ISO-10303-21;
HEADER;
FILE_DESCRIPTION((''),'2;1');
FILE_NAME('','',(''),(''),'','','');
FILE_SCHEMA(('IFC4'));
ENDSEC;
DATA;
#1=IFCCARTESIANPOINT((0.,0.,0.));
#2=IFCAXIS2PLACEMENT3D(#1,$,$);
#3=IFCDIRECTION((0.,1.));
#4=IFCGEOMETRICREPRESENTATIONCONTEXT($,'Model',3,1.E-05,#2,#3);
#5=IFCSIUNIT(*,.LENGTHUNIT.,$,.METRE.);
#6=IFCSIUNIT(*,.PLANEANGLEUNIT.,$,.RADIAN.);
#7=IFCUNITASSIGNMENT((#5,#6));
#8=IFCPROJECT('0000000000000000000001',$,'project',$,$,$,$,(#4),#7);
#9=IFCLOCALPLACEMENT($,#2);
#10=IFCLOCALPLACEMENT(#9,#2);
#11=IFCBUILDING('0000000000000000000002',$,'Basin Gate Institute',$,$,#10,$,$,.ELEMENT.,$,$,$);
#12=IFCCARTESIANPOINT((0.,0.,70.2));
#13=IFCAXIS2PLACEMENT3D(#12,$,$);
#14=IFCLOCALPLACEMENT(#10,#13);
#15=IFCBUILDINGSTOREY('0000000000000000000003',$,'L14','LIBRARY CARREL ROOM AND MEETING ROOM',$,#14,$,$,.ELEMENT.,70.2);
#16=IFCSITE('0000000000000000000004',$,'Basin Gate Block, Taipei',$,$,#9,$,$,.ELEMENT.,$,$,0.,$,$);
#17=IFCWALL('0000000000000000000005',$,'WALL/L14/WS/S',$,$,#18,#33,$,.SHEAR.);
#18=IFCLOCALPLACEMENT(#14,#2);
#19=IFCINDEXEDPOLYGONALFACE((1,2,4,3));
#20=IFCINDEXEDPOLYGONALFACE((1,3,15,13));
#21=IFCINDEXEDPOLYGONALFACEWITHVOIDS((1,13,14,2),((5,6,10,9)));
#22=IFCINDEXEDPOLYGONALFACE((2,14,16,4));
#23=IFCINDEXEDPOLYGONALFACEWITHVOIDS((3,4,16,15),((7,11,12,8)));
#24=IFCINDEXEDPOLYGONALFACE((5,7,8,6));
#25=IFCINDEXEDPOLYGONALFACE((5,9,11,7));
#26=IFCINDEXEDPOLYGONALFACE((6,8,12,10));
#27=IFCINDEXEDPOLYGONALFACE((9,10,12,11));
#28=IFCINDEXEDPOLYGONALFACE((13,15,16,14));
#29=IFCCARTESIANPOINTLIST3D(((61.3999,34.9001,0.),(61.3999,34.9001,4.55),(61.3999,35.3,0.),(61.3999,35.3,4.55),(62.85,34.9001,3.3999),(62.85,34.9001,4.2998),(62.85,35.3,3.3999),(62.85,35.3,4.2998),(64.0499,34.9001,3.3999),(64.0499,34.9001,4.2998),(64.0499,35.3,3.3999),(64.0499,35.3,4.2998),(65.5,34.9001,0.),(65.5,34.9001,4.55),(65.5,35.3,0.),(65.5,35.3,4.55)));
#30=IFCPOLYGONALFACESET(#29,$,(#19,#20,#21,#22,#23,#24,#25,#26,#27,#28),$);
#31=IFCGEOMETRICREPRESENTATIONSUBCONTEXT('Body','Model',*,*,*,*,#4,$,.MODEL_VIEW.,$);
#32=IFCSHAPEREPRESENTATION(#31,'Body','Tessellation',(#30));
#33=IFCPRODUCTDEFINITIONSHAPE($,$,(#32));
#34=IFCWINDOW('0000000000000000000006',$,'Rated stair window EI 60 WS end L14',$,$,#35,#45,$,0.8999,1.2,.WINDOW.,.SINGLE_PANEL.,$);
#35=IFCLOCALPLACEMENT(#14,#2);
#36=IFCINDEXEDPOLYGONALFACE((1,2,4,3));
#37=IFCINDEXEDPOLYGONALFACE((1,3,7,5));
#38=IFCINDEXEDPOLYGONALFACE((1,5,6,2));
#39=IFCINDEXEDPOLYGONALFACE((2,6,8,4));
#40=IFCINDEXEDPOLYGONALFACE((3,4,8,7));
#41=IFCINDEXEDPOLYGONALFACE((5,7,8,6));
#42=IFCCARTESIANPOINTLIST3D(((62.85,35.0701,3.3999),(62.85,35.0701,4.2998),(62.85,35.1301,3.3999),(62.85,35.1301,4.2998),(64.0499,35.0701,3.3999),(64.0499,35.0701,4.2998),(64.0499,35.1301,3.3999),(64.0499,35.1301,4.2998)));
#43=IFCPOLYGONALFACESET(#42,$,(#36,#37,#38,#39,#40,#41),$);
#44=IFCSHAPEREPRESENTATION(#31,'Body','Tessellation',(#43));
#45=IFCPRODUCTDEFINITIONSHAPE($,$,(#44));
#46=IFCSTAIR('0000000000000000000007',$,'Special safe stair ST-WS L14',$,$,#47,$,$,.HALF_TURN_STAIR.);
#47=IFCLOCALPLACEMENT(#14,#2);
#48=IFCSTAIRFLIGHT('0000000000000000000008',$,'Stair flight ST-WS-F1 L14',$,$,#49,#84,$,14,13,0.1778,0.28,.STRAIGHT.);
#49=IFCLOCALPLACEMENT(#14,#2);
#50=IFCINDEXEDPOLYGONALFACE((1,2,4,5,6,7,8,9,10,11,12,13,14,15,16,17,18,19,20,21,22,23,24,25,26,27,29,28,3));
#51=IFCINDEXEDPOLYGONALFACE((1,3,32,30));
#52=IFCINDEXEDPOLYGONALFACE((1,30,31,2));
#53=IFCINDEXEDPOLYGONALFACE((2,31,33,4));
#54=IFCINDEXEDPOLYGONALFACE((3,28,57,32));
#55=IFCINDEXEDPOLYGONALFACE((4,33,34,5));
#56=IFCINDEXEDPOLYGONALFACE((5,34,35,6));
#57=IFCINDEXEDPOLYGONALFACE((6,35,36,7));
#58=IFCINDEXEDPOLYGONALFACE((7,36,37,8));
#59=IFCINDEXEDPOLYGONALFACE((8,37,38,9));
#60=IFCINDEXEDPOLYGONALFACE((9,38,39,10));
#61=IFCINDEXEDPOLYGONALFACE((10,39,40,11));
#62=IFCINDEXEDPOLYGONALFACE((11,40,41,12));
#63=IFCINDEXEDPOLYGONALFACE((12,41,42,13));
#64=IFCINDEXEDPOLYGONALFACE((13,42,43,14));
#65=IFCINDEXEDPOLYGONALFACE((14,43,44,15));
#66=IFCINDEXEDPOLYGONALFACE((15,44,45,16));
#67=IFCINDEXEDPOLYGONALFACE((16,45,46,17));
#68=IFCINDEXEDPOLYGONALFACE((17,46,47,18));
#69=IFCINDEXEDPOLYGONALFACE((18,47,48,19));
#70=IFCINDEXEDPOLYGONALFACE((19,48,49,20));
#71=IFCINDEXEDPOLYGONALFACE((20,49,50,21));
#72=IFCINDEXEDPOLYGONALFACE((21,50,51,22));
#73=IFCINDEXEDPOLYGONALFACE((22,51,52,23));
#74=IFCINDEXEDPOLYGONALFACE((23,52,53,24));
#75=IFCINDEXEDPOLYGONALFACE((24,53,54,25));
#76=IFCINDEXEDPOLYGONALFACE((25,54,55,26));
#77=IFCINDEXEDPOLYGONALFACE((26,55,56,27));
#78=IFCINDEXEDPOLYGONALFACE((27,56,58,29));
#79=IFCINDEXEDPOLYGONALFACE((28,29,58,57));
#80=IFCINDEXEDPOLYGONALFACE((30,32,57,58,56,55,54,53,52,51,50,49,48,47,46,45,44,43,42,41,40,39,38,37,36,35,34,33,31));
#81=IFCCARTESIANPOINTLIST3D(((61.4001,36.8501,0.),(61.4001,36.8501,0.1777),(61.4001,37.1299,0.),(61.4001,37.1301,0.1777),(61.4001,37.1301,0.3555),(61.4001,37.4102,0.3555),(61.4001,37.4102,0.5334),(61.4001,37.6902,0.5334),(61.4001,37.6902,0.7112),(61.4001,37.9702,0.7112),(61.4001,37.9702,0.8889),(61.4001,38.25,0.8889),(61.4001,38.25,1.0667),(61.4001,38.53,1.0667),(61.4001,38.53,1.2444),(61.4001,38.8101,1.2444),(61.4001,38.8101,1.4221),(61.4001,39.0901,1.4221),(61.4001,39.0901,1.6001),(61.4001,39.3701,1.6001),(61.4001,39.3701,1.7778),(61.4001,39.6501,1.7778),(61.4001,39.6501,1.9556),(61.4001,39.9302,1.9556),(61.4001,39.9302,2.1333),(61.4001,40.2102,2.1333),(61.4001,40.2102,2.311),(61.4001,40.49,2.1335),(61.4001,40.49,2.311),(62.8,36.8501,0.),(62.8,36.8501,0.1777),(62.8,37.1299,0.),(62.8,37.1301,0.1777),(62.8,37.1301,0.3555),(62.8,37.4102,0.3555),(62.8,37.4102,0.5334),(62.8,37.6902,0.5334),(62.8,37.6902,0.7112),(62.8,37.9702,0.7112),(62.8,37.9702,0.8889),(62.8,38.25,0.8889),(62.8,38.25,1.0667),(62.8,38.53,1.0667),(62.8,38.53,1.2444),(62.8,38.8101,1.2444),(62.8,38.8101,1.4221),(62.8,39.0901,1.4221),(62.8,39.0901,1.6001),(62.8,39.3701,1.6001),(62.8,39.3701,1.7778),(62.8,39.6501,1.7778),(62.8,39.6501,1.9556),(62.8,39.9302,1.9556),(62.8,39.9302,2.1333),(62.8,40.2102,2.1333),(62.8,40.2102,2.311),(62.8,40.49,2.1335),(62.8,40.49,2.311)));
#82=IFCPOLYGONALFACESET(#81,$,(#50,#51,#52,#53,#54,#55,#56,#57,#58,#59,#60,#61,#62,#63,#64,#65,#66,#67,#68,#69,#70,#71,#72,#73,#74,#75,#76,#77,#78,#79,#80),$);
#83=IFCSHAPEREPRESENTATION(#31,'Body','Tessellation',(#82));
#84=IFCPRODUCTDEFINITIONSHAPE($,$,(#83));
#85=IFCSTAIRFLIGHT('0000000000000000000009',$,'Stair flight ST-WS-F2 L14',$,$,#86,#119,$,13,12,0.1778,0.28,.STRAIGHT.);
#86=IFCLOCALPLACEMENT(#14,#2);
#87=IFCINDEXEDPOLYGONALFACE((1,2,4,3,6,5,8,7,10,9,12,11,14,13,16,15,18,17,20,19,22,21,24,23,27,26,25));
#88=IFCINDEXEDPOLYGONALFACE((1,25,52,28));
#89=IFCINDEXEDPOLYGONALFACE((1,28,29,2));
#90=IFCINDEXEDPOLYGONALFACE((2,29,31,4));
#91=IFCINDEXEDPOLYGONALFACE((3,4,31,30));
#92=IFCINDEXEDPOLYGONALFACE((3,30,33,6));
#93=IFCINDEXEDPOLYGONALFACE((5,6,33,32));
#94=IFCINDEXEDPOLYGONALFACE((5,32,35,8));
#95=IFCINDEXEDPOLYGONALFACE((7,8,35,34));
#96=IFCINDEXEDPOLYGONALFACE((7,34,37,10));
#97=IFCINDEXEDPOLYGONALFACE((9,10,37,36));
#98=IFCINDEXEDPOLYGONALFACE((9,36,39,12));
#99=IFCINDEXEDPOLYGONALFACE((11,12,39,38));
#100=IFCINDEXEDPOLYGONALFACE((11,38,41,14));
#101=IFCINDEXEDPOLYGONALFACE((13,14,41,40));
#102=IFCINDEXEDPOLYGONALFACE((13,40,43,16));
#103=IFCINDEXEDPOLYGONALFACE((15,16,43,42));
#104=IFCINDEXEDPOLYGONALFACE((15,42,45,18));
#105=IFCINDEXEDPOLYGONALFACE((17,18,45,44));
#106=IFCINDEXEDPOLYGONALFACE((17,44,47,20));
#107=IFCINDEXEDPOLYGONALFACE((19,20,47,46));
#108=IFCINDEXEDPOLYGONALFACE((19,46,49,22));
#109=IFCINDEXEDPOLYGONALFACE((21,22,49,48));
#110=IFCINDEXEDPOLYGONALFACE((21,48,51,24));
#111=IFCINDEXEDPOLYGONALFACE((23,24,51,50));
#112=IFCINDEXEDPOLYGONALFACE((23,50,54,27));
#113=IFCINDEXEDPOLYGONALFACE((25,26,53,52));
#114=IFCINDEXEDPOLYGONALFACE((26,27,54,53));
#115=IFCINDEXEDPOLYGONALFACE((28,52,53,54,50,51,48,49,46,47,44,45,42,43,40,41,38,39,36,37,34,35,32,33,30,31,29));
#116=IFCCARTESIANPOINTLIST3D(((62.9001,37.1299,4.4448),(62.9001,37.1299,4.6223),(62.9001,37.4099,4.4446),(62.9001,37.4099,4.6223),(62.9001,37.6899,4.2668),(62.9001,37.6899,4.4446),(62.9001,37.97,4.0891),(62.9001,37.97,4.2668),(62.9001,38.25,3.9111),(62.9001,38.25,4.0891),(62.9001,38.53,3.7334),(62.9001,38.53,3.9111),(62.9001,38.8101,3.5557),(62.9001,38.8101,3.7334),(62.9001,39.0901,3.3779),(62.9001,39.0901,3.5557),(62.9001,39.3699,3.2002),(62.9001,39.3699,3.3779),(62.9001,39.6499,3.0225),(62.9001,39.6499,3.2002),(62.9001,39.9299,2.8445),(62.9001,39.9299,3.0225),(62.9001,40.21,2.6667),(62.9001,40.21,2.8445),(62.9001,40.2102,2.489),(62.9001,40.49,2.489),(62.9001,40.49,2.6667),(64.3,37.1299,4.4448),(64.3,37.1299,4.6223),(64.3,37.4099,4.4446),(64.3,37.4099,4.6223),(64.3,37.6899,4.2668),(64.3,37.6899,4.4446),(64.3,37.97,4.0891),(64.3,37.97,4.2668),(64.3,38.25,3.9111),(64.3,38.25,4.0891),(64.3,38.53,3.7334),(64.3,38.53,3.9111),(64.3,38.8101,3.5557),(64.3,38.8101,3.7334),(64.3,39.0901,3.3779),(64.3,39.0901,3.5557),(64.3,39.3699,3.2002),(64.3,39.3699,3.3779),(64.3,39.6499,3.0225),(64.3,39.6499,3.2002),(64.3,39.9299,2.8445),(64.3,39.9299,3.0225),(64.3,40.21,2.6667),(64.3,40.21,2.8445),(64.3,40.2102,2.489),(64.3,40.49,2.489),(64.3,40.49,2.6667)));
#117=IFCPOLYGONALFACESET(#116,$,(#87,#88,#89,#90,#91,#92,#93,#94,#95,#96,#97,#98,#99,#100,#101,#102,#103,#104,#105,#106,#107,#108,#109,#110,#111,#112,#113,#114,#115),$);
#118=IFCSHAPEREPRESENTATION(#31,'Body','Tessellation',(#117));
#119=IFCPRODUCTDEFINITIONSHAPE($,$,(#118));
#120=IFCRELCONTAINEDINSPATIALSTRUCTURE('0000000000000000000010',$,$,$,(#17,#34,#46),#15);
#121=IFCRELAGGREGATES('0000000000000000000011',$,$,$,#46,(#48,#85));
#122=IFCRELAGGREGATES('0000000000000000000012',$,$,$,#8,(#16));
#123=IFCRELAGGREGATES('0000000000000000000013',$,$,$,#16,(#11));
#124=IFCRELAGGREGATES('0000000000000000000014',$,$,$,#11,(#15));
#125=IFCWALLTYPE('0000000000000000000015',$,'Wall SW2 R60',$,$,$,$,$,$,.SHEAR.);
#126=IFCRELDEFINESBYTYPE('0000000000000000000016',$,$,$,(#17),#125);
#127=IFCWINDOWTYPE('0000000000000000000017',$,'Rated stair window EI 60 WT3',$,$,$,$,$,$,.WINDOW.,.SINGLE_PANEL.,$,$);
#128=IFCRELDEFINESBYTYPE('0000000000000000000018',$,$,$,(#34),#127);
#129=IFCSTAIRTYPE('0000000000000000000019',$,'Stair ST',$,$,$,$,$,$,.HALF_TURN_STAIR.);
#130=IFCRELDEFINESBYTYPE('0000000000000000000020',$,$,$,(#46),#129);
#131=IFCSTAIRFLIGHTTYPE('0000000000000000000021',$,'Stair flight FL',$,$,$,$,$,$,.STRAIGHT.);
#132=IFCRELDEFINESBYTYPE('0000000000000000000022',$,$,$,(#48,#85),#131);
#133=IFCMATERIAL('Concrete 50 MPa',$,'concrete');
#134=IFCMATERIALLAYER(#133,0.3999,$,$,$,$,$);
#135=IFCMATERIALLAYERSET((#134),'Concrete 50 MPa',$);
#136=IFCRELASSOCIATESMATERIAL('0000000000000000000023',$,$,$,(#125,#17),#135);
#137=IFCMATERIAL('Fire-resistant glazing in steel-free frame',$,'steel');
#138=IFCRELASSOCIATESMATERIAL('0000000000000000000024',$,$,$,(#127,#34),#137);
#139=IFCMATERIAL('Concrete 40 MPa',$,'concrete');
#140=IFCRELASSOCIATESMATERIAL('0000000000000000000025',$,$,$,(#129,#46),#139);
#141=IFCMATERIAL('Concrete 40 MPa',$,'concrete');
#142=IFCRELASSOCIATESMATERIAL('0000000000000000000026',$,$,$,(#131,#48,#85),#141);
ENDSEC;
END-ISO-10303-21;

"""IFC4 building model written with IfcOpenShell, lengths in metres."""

from ifc_helpers import new_model, si_unit, direction, frame, frame_2d, origin, place, context, subcontext, project, spatial, polyline, rectangle, outline, extrude, material, layer, layer_set, type_object, element, fill, aggregate, save


model = new_model("IFC4")

# Units and contexts
model_context = context("Model", 3, precision=1e-05, world=origin(), true_north=direction((0.0, 1.0)))
body_context = subcontext(model_context, "Body", "Model", "MODEL_VIEW")
ifc_project = project(units=[si_unit("LENGTHUNIT", "METRE"), si_unit("PLANEANGLEUNIT", "RADIAN")], contexts=[model_context])

# Site, building, storey
site_placement = place(None, origin())
site = spatial("IfcSite", under=ifc_project, at=site_placement, Name="Basin Gate Block, Taipei", CompositionType="ELEMENT", RefElevation=0.0)
building_placement = place(site_placement, origin())
building = spatial("IfcBuilding", under=site, at=building_placement, Name="Basin Gate Institute", CompositionType="ELEMENT")
storey_placement = place(building_placement, frame((0.0, 0.0, 70.2)))
storey = spatial("IfcBuildingStorey", under=building, at=storey_placement, Name="L14", Description="LIBRARY CARREL ROOM AND MEETING ROOM", CompositionType="ELEMENT", Elevation=70.2)

# Shared definitions
ifc_material_1 = material(Name="Concrete 50 MPa", Category="concrete")
ifc_layer_1 = layer(ifc_material_1, 0.3999)
ifc_layer_set_1 = layer_set([ifc_layer_1], Name="Concrete 50 MPa")
wall_type_1 = type_object("IfcWallType", Name="Wall SW2 R60", PredefinedType="SHEAR", material=ifc_layer_set_1)
ifc_material_2 = material(Name="Fire-resistant glazing in steel-free frame", Category="steel")
window_type_1 = type_object("IfcWindowType", Name="Rated stair window EI 60 WT3", PartitioningType="SINGLE_PANEL", PredefinedType="WINDOW", material=ifc_material_2)

# Wall, opening, window
wall_1_placement = place(storey_placement, frame((61.3999, 35.1001, 0.0), z_axis=(0.0, 0.0, 1.0), x_axis=(1.0, 0.0, 0.0)))
wall_1 = element("IfcWall", 1, at=wall_1_placement, inside=storey, type_object=wall_type_1, material=ifc_layer_set_1, Name="WALL/L14/WS/S", PredefinedType="SHEAR", context=body_context, shape_type="SweptSolid", body=[
    extrude(rectangle(XDim=4.1001, YDim=0.3999, at=frame_2d((2.05, 0.0))), origin(), (0.0, 0.0, 1.0), 4.55),
])
opening_1_placement = place(wall_1_placement, frame((1.45, 0.0, 3.3999)))
opening_1 = element("IfcOpeningElement", 2, at=opening_1_placement, cuts=wall_1, PredefinedType="OPENING", context=body_context, shape_type="SweptSolid", body=[
    extrude(rectangle(XDim=1.2, YDim=0.8999, at=frame_2d((0.6001, 0.45))), frame((0.0, 0.21, 0.0), z_axis=(0.0, -1.0, 0.0), x_axis=(1.0, 0.0, 0.0)), (0.0, 0.0, 1.0), 0.4199),
])
window_1_placement = place(opening_1_placement, origin())
window_1 = element("IfcWindow", 3, at=window_1_placement, inside=storey, type_object=window_type_1, material=ifc_material_2, Name="Rated stair window EI 60 WS end L14", OverallHeight=0.8999, OverallWidth=1.2, PartitioningType="SINGLE_PANEL", PredefinedType="WINDOW", context=body_context, shape_type="SweptSolid", body=[
    extrude(rectangle(XDim=1.2, YDim=0.8999, at=frame_2d((0.6001, 0.45))), frame((0.0, 0.03, 0.0), z_axis=(0.0, -1.0, 0.0), x_axis=(1.0, 0.0, 0.0)), (0.0, 0.0, 1.0), 0.0601),
])
fill(opening_1, window_1)

# Stair, stair flights
ifc_material_3 = material(Name="Concrete 40 MPa", Category="concrete")
stair_type = type_object("IfcStairType", Name="Stair ST", PredefinedType="HALF_TURN_STAIR", material=ifc_material_3)
stair_placement = place(storey_placement, origin())
stair = element("IfcStair", 4, at=stair_placement, inside=storey, type_object=stair_type, material=ifc_material_3, Name="Special safe stair ST-WS L14", PredefinedType="HALF_TURN_STAIR")
ifc_material_4 = material(Name="Concrete 40 MPa", Category="concrete")
stair_flight_type = type_object("IfcStairFlightType", Name="Stair flight FL", PredefinedType="STRAIGHT", material=ifc_material_4)
stair_flight_1_placement = place(storey_placement, frame((62.1001, 36.8501, 0.0), z_axis=(0.0, 0.0, 1.0), x_axis=(0.0, 1.0, 0.0)))
stair_flight_1 = element("IfcStairFlight", 5, at=stair_flight_1_placement, type_object=stair_flight_type, material=ifc_material_4, Name="Stair flight ST-WS-F1 L14", NumberOfRisers=14, NumberOfTreads=13, PredefinedType="STRAIGHT", RiserHeight=0.1778, TreadLength=0.28, context=body_context, shape_type="SweptSolid", body=[
    extrude(outline(polyline([(0.0, 0.0), (0.0, 0.1777), (0.28, 0.1777), (0.28, 0.3555), (0.5601, 0.3555), (0.5601, 0.5334), (0.8401, 0.5334), (0.8401, 0.7112), (1.1201, 0.7112), (1.1201, 0.8889), (1.3999, 0.8889), (1.3999, 1.0667), (1.6799, 1.0667), (1.6799, 1.2444), (1.96, 1.2444), (1.96, 1.4221), (2.24, 1.4221), (2.24, 1.6001), (2.52, 1.6001), (2.52, 1.7778), (2.8, 1.7778), (2.8, 1.9556), (3.0801, 1.9556), (3.0801, 2.1333), (3.3601, 2.1333), (3.3601, 2.311), (3.6399, 2.311), (3.6399, 2.4888), (3.6399, 2.1335), (0.2798, 0.0), (0.0, 0.0)])), frame((0.0, 0.7, 0.0), z_axis=(0.0, -1.0, 0.0), x_axis=(1.0, 0.0, 0.0)), (0.0, 0.0, 1.0), 1.3999),
])
stair_flight_2_placement = place(storey_placement, frame((63.6001, 40.49, 2.489), z_axis=(0.0, 0.0, 1.0), x_axis=(0.0, -1.0, 0.0)))
stair_flight_2 = element("IfcStairFlight", 6, at=stair_flight_2_placement, type_object=stair_flight_type, material=ifc_material_4, Name="Stair flight ST-WS-F2 L14", NumberOfRisers=13, NumberOfTreads=12, PredefinedType="STRAIGHT", RiserHeight=0.1778, TreadLength=0.28, context=body_context, shape_type="SweptSolid", body=[
    extrude(outline(polyline([(0.0, 0.0), (0.0, 0.1777), (0.28, 0.1777), (0.28, 0.3555), (0.5601, 0.3555), (0.5601, 0.5334), (0.8401, 0.5334), (0.8401, 0.7112), (1.1201, 0.7112), (1.1201, 0.8889), (1.3999, 0.8889), (1.3999, 1.0667), (1.6799, 1.0667), (1.6799, 1.2444), (1.96, 1.2444), (1.96, 1.4221), (2.24, 1.4221), (2.24, 1.6001), (2.52, 1.6001), (2.52, 1.7778), (2.8, 1.7778), (2.8, 1.9556), (3.0801, 1.9556), (3.0801, 2.1333), (3.3601, 2.1333), (3.3601, 2.311), (3.3601, 1.9558), (0.2798, 0.0), (0.0, 0.0)])), frame((0.0, 0.7, 0.0), z_axis=(0.0, -1.0, 0.0), x_axis=(1.0, 0.0, 0.0)), (0.0, 0.0, 1.0), 1.3999),
])
aggregate(stair, [stair_flight_1, stair_flight_2])

save(model, "model.ifc")
